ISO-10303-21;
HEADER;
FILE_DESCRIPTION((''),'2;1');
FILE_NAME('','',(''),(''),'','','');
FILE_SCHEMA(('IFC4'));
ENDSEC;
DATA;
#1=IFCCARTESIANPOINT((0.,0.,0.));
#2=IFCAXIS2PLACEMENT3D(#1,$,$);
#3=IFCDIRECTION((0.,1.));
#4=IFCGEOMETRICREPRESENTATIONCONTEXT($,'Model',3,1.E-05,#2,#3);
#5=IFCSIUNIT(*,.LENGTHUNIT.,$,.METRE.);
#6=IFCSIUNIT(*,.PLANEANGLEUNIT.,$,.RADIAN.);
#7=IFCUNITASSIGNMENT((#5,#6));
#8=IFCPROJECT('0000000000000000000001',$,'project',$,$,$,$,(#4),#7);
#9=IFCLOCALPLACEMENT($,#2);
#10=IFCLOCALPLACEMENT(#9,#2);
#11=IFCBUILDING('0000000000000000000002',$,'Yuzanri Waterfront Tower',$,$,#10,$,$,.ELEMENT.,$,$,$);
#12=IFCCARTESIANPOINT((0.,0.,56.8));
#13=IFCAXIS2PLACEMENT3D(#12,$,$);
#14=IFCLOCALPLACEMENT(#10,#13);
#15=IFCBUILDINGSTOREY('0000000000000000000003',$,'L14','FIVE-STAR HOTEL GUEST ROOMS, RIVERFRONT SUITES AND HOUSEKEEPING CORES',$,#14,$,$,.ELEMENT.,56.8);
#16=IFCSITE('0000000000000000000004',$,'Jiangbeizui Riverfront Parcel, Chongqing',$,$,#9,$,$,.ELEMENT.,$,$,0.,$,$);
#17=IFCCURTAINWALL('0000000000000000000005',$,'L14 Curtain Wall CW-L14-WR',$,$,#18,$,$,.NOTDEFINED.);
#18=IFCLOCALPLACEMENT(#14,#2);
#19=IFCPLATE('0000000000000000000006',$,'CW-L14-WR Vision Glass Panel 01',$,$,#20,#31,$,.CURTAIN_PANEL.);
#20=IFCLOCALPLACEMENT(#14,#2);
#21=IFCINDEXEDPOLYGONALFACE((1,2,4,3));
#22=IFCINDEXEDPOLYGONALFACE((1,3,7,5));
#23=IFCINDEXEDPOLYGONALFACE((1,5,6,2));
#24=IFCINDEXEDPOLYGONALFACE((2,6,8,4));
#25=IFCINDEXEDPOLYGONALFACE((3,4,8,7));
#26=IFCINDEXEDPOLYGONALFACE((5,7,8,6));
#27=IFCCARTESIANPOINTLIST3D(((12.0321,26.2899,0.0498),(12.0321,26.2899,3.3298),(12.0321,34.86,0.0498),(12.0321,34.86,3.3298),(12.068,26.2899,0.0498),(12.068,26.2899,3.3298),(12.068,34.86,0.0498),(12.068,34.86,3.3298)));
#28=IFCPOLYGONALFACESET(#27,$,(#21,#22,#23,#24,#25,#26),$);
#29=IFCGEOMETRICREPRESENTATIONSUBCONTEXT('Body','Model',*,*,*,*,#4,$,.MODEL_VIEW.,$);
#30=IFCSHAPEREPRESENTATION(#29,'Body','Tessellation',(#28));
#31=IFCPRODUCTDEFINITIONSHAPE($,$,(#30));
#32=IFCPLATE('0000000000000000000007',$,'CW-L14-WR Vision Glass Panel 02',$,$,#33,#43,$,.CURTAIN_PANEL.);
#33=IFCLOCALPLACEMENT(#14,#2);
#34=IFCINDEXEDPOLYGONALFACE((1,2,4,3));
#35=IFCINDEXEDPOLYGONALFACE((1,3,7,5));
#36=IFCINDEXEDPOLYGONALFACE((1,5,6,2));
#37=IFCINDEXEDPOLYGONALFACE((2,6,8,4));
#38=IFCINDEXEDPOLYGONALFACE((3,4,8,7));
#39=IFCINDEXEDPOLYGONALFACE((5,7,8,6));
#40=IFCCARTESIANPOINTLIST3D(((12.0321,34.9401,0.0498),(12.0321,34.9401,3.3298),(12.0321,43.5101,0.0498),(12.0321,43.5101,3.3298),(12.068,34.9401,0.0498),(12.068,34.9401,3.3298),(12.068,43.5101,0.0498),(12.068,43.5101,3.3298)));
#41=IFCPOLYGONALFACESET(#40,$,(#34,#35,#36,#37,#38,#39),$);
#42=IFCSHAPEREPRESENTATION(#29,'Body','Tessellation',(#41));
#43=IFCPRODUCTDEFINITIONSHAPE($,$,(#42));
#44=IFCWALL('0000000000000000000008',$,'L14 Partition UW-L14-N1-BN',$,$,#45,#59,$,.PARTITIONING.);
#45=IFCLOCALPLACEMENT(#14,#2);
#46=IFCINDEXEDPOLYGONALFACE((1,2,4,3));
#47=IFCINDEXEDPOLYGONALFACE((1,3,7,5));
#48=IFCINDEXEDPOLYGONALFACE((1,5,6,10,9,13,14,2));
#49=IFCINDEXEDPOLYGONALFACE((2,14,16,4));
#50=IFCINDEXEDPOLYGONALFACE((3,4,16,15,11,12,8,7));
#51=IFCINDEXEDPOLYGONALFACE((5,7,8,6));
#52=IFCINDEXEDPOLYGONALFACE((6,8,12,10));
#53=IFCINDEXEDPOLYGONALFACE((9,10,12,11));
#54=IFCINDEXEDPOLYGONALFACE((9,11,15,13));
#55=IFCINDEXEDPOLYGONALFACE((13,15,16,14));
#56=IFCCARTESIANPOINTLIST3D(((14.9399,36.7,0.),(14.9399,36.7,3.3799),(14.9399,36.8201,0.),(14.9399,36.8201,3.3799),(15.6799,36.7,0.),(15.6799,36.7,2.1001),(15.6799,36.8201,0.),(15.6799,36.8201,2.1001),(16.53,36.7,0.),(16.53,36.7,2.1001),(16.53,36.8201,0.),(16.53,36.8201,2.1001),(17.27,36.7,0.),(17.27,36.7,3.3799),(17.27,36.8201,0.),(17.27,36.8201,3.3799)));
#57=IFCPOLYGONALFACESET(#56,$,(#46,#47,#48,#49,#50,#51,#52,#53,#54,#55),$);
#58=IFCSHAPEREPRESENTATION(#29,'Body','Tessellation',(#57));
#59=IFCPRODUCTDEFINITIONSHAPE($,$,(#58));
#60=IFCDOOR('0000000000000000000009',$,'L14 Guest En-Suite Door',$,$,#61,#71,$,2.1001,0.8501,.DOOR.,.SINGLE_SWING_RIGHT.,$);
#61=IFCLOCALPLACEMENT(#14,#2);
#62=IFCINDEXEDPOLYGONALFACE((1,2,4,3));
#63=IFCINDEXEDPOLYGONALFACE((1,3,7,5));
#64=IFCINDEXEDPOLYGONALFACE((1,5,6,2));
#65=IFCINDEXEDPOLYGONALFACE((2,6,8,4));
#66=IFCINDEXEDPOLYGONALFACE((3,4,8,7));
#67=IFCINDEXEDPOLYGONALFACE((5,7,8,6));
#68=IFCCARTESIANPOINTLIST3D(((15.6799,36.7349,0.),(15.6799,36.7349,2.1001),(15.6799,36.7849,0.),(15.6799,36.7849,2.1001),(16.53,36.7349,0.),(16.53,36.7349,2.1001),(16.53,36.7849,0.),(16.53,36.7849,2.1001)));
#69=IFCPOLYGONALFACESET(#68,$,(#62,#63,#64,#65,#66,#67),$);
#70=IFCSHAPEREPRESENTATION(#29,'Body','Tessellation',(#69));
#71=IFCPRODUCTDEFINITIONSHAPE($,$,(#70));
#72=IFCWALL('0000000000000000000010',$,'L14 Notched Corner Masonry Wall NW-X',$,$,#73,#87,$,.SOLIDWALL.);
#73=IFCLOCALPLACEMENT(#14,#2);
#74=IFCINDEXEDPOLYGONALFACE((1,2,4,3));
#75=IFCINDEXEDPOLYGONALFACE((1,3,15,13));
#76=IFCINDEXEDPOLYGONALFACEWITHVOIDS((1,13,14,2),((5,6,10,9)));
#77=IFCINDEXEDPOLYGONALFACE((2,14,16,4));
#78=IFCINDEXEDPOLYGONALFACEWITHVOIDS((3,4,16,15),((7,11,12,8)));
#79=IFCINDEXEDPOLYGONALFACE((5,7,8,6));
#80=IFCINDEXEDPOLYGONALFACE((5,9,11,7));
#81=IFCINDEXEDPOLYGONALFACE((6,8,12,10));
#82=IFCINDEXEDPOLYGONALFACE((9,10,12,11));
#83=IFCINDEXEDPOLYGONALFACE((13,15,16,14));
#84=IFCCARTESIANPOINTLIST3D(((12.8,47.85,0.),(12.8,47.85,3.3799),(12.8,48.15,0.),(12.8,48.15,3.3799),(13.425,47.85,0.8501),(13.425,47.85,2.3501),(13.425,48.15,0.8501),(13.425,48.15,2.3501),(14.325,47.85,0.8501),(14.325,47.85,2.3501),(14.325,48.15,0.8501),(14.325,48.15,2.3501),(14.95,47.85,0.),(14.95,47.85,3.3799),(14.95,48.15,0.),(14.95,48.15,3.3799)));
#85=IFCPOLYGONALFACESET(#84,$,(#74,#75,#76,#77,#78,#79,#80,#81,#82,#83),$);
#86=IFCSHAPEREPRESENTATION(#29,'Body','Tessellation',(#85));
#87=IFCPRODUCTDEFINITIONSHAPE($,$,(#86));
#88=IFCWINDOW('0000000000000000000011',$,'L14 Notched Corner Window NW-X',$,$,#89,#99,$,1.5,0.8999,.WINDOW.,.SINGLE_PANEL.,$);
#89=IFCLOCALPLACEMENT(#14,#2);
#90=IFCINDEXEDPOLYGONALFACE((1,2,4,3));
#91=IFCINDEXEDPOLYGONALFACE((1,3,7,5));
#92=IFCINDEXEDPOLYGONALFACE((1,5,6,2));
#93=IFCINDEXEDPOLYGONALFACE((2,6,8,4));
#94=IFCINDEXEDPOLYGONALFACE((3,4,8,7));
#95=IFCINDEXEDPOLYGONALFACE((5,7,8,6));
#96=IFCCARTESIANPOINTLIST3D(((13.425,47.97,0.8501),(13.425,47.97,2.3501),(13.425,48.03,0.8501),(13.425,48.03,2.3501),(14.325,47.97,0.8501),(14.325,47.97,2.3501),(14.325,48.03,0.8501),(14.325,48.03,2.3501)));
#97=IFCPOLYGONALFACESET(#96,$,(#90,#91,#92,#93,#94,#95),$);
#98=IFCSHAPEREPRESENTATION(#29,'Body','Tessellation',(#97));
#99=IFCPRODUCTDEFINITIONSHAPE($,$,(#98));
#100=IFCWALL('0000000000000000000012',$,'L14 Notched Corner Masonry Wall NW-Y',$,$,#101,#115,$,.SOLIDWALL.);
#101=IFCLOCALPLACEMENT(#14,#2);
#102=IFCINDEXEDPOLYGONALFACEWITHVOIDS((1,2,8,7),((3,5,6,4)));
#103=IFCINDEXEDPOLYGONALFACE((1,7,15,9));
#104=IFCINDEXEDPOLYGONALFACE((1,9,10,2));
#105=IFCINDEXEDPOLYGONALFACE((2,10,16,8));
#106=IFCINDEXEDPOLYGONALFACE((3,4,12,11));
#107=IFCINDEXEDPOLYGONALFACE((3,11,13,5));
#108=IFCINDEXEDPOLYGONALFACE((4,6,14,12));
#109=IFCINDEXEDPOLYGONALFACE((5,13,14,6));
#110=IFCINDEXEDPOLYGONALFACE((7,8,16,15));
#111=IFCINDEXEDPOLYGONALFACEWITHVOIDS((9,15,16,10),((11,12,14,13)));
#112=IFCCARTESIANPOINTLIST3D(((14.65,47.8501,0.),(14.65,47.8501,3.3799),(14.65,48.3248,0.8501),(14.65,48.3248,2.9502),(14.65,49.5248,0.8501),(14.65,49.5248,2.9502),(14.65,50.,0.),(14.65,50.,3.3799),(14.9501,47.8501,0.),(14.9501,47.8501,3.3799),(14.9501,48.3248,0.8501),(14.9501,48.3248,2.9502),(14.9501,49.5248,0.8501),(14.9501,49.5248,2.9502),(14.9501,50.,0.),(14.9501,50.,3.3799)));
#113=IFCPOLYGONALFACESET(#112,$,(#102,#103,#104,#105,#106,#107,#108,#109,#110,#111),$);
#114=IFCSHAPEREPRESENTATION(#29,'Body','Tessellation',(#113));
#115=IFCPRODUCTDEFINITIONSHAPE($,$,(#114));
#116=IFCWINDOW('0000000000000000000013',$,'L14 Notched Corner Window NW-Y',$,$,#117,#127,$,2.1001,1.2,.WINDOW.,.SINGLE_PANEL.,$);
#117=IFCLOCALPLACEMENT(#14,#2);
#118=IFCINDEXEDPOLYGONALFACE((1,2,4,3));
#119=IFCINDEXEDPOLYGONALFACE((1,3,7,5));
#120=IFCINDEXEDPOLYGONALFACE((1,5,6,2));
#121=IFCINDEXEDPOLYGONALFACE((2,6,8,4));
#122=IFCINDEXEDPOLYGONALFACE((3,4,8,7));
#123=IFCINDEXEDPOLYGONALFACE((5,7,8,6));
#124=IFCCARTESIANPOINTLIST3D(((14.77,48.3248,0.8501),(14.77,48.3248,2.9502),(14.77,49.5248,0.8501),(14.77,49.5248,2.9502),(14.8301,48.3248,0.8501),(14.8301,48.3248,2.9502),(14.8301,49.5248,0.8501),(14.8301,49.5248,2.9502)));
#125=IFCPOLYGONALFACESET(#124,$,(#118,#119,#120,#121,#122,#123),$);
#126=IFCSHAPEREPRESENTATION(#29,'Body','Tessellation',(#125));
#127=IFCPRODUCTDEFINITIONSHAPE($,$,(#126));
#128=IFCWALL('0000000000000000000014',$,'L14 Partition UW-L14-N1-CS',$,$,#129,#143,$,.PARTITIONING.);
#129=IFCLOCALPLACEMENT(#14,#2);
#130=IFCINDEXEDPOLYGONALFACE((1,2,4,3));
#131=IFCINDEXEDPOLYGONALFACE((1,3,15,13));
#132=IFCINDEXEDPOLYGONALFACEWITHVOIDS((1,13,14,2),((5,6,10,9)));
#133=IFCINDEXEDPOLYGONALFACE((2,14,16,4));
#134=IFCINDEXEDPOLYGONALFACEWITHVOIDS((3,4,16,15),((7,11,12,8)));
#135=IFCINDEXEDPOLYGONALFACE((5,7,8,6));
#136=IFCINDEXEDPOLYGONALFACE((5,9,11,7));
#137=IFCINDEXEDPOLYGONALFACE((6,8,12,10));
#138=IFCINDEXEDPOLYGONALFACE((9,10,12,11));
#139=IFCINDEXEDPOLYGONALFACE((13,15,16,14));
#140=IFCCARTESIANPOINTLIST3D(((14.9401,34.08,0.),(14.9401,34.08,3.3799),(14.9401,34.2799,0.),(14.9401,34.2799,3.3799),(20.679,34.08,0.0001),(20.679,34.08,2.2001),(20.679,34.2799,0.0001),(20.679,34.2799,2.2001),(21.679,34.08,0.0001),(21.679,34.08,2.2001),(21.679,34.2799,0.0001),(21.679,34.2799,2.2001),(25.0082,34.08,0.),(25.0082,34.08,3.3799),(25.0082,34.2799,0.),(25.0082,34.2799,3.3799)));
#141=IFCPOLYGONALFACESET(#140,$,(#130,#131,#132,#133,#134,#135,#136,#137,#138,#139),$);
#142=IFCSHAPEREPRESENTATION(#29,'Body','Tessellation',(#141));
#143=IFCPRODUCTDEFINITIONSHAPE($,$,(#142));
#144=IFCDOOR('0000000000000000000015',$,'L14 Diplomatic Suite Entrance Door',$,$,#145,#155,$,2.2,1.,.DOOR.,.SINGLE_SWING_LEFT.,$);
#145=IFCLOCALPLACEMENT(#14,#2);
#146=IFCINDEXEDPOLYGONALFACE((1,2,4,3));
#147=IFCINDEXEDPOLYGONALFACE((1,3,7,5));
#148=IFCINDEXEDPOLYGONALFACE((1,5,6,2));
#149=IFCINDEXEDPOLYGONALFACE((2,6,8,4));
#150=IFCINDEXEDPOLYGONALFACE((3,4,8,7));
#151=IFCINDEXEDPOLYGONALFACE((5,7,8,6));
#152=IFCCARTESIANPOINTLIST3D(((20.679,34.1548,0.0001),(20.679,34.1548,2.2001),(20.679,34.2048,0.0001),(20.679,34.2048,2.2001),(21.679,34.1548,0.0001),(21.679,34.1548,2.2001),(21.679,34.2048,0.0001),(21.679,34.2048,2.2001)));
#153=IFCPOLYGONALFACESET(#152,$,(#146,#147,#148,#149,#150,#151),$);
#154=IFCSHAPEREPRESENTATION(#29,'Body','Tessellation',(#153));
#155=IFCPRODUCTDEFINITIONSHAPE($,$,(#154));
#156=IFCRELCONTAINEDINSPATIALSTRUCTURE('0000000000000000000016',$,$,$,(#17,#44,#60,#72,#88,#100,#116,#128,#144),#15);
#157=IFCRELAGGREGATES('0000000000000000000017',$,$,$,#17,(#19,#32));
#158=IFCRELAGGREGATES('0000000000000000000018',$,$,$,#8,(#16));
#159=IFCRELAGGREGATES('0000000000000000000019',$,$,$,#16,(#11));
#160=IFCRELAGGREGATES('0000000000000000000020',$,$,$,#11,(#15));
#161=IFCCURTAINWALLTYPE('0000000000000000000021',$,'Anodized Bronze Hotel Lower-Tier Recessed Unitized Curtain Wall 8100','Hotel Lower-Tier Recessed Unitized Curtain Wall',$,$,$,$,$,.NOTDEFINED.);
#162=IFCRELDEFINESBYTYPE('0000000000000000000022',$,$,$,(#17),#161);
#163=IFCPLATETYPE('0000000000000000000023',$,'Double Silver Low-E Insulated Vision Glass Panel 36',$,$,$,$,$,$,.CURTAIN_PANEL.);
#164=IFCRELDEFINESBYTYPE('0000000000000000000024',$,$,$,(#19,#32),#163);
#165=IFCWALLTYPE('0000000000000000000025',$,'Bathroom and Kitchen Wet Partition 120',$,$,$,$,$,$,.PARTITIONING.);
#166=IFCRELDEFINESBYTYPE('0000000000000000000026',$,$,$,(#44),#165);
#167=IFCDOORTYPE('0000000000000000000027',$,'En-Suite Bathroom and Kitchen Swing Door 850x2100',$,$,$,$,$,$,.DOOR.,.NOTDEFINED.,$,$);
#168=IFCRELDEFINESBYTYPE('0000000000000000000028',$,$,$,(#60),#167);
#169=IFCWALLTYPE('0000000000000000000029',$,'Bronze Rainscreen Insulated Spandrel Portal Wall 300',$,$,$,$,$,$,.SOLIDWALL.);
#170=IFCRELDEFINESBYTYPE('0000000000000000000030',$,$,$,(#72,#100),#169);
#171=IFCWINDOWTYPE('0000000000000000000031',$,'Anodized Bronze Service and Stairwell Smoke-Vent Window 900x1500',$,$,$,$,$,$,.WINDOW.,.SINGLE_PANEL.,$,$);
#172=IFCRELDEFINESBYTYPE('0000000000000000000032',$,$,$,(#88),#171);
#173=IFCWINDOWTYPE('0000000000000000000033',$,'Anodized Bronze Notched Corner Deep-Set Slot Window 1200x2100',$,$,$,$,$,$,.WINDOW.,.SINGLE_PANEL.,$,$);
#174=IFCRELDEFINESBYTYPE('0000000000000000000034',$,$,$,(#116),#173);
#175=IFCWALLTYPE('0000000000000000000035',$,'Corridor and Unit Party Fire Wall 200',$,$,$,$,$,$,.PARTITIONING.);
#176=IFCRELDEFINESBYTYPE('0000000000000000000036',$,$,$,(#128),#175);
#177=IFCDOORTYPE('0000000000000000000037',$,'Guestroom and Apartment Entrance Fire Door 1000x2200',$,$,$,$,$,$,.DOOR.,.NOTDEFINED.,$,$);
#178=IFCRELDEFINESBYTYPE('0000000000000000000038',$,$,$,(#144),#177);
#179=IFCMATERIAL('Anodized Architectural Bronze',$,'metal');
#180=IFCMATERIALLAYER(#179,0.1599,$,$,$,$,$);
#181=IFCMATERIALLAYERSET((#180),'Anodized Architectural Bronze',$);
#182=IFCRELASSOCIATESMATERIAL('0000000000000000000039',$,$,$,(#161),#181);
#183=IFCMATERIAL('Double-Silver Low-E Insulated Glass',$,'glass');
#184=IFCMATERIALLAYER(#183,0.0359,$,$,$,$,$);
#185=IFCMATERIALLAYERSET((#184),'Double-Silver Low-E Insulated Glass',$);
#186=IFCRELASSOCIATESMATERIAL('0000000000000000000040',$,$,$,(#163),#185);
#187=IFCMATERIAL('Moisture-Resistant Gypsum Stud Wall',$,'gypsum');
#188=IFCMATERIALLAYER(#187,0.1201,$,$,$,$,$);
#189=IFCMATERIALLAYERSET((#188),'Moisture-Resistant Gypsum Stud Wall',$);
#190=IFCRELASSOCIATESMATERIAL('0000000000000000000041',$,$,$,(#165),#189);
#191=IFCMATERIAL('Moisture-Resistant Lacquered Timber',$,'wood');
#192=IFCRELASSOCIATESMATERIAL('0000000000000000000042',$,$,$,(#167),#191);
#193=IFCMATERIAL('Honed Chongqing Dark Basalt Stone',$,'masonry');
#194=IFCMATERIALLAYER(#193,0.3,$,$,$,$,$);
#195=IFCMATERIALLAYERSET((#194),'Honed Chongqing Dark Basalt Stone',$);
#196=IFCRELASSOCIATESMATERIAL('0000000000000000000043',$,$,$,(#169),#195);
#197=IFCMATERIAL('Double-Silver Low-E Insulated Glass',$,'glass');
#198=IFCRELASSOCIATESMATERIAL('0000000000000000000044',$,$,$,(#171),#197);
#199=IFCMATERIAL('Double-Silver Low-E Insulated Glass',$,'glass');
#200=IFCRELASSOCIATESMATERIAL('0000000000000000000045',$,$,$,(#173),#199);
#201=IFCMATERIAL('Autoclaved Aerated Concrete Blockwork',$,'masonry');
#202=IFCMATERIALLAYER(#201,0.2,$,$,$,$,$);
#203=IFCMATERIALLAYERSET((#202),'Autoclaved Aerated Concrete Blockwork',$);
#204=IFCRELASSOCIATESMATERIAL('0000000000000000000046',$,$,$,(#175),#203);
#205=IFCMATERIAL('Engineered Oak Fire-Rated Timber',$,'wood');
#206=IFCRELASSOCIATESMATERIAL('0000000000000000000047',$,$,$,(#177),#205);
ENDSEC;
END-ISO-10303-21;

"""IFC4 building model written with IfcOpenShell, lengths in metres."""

from ifc_helpers import new_model, si_unit, direction, frame, frame_2d, origin, origin_2d, place, context, subcontext, project, spatial, rectangle, extrude, source, transform, mapped, material, layer, layer_set, type_object, element, fill, aggregate, save


model = new_model("IFC4")

# Units and contexts
model_context = context("Model", 3, precision=1e-05, world=origin(), true_north=direction((0.0, 1.0)))
body_context = subcontext(model_context, "Body", "Model", "MODEL_VIEW")
ifc_project = project(units=[si_unit("LENGTHUNIT", "METRE"), si_unit("PLANEANGLEUNIT", "RADIAN")], contexts=[model_context])

# Site, building, storey
site_placement = place(None, origin())
site = spatial("IfcSite", under=ifc_project, at=site_placement, Name="Jiangbeizui Riverfront Parcel, Chongqing", CompositionType="ELEMENT", RefElevation=0.0)
building_placement = place(site_placement, origin())
building = spatial("IfcBuilding", under=site, at=building_placement, Name="Yuzanri Waterfront Tower", CompositionType="ELEMENT")
storey_placement = place(building_placement, frame((0.0, 0.0, 56.8)))
storey = spatial("IfcBuildingStorey", under=building, at=storey_placement, Name="L14", Description="FIVE-STAR HOTEL GUEST ROOMS, RIVERFRONT SUITES AND HOUSEKEEPING CORES", CompositionType="ELEMENT", Elevation=56.8)

# Curtain wall
ifc_material_1 = material(Name="Anodized Architectural Bronze", Category="metal")
ifc_layer_1 = layer(ifc_material_1, 0.1599)
ifc_layer_set_1 = layer_set([ifc_layer_1], Name="Anodized Architectural Bronze")
curtain_wall_type = type_object("IfcCurtainWallType", Name="Anodized Bronze Hotel Lower-Tier Recessed Unitized Curtain Wall 8100", Description="Hotel Lower-Tier Recessed Unitized Curtain Wall", PredefinedType="NOTDEFINED", material=ifc_layer_set_1)
curtain_wall_placement = place(storey_placement, origin())
curtain_wall = element("IfcCurtainWall", 1, at=curtain_wall_placement, inside=storey, type_object=curtain_wall_type, Name="L14 Curtain Wall CW-L14-WR", PredefinedType="NOTDEFINED")

# Plates
ifc_material_2 = material(Name="Double-Silver Low-E Insulated Glass", Category="glass")
ifc_layer_2 = layer(ifc_material_2, 0.0359)
ifc_layer_set_2 = layer_set([ifc_layer_2], Name="Double-Silver Low-E Insulated Glass")
plate_type_1 = type_object("IfcPlateType", Name="Double Silver Low-E Insulated Vision Glass Panel 36", PredefinedType="CURTAIN_PANEL", material=ifc_layer_set_2)
shared_shape_1 = source(origin(), body_context, "Body", "SweptSolid", [
    extrude(rectangle(XDim=8.5701, YDim=0.0359, at=origin_2d()), origin(), (0.0, 0.0, 1.0), 3.28),
])
plate_1_placement = place(storey_placement, frame((12.05, 30.575, 0.0498), z_axis=(0.0, 0.0, 1.0), x_axis=(0.0, 1.0, 0.0)))
plate_1 = element("IfcPlate", 2, at=plate_1_placement, type_object=plate_type_1, Name="CW-L14-WR Vision Glass Panel 01", PredefinedType="CURTAIN_PANEL", context=body_context, shape_type="MappedRepresentation", body=[
    mapped(shared_shape_1, transform((0.0, 0.0, 0.0), scale=1.0)),
])
plate_2_placement = place(storey_placement, frame((12.05, 39.2251, 0.0498), z_axis=(0.0, 0.0, 1.0), x_axis=(0.0, 1.0, 0.0)))
plate_2 = element("IfcPlate", 3, at=plate_2_placement, type_object=plate_type_1, Name="CW-L14-WR Vision Glass Panel 02", PredefinedType="CURTAIN_PANEL", context=body_context, shape_type="MappedRepresentation", body=[
    mapped(shared_shape_1, transform((0.0, 0.0, 0.0), scale=1.0)),
])
aggregate(curtain_wall, [plate_1, plate_2])

# Wall, opening, door
ifc_material_3 = material(Name="Moisture-Resistant Gypsum Stud Wall", Category="gypsum")
ifc_layer_3 = layer(ifc_material_3, 0.1201)
ifc_layer_set_3 = layer_set([ifc_layer_3], Name="Moisture-Resistant Gypsum Stud Wall")
wall_type_1 = type_object("IfcWallType", Name="Bathroom and Kitchen Wet Partition 120", PredefinedType="PARTITIONING", material=ifc_layer_set_3)
wall_1_placement = place(storey_placement, frame((14.9399, 36.76, 0.0), z_axis=(0.0, 0.0, 1.0), x_axis=(1.0, 0.0, 0.0)))
wall_1 = element("IfcWall", 4, at=wall_1_placement, inside=storey, type_object=wall_type_1, Name="L14 Partition UW-L14-N1-BN", PredefinedType="PARTITIONING", context=body_context, shape_type="SweptSolid", body=[
    extrude(rectangle(XDim=2.3301, YDim=0.1201, at=frame_2d((1.165, 0.0))), origin(), (0.0, 0.0, 1.0), 3.3799),
])
opening_1_placement = place(wall_1_placement, frame((0.74, 0.0, 0.0)))
opening_1 = element("IfcOpeningElement", 5, at=opening_1_placement, cuts=wall_1, PredefinedType="OPENING", context=body_context, shape_type="SweptSolid", body=[
    extrude(rectangle(XDim=0.8501, YDim=2.1001, at=frame_2d((0.425, 1.05))), frame((0.0, 0.075, 0.0), z_axis=(0.0, -1.0, 0.0), x_axis=(1.0, 0.0, 0.0)), (0.0, 0.0, 1.0), 0.1499),
])
ifc_material_4 = material(Name="Moisture-Resistant Lacquered Timber", Category="wood")
door_type_1 = type_object("IfcDoorType", Name="En-Suite Bathroom and Kitchen Swing Door 850x2100", OperationType="NOTDEFINED", PredefinedType="DOOR", material=ifc_material_4)
shared_shape_2 = source(origin(), body_context, "Body", "SweptSolid", [
    extrude(rectangle(XDim=0.8501, YDim=2.1001, at=frame_2d((0.425, 1.05))), frame((0.0, 0.0249, 0.0), z_axis=(0.0, -1.0, 0.0), x_axis=(1.0, 0.0, 0.0)), (0.0, 0.0, 1.0), 0.05),
])
door_1_placement = place(opening_1_placement, origin())
door_1 = element("IfcDoor", 6, at=door_1_placement, inside=storey, type_object=door_type_1, Name="L14 Guest En-Suite Door", OperationType="SINGLE_SWING_RIGHT", OverallHeight=2.1001, OverallWidth=0.8501, PredefinedType="DOOR", context=body_context, shape_type="MappedRepresentation", body=[
    mapped(shared_shape_2, transform((0.0, 0.0, 0.0), scale=1.0)),
])
fill(opening_1, door_1)

# Walls, openings, windows
ifc_material_5 = material(Name="Honed Chongqing Dark Basalt Stone", Category="masonry")
ifc_layer_4 = layer(ifc_material_5, 0.3)
ifc_layer_set_4 = layer_set([ifc_layer_4], Name="Honed Chongqing Dark Basalt Stone")
wall_type_2 = type_object("IfcWallType", Name="Bronze Rainscreen Insulated Spandrel Portal Wall 300", PredefinedType="SOLIDWALL", material=ifc_layer_set_4)
wall_2_placement = place(storey_placement, frame((14.95, 48.0, 0.0), z_axis=(0.0, 0.0, 1.0), x_axis=(-1.0, 0.0, 0.0)))
wall_2 = element("IfcWall", 7, at=wall_2_placement, inside=storey, type_object=wall_type_2, Name="L14 Notched Corner Masonry Wall NW-X", PredefinedType="SOLIDWALL", context=body_context, shape_type="SweptSolid", body=[
    extrude(rectangle(XDim=2.1499, YDim=0.3, at=frame_2d((1.075, 0.0))), origin(), (0.0, 0.0, 1.0), 3.3799),
])
opening_2_placement = place(wall_2_placement, frame((0.625, 0.0, 0.8501)))
opening_2 = element("IfcOpeningElement", 8, at=opening_2_placement, cuts=wall_2, PredefinedType="OPENING", context=body_context, shape_type="SweptSolid", body=[
    extrude(rectangle(XDim=0.8999, YDim=1.5, at=frame_2d((0.45, 0.75))), frame((0.0, 0.165, 0.0), z_axis=(0.0, -1.0, 0.0), x_axis=(1.0, 0.0, 0.0)), (0.0, 0.0, 1.0), 0.3298),
])
ifc_material_6 = material(Name="Double-Silver Low-E Insulated Glass", Category="glass")
window_type_1 = type_object("IfcWindowType", Name="Anodized Bronze Service and Stairwell Smoke-Vent Window 900x1500", PartitioningType="SINGLE_PANEL", PredefinedType="WINDOW", material=ifc_material_6)
shared_shape_3 = source(origin(), body_context, "Body", "SweptSolid", [
    extrude(rectangle(XDim=0.8999, YDim=1.5, at=frame_2d((0.45, 0.75))), frame((0.0, 0.03, 0.0), z_axis=(0.0, -1.0, 0.0), x_axis=(1.0, 0.0, 0.0)), (0.0, 0.0, 1.0), 0.0601),
])
window_1_placement = place(opening_2_placement, origin())
window_1 = element("IfcWindow", 9, at=window_1_placement, inside=storey, type_object=window_type_1, Name="L14 Notched Corner Window NW-X", OverallHeight=1.5, OverallWidth=0.8999, PartitioningType="SINGLE_PANEL", PredefinedType="WINDOW", context=body_context, shape_type="MappedRepresentation", body=[
    mapped(shared_shape_3, transform((0.0, 0.0, 0.0), scale=1.0)),
])
fill(opening_2, window_1)
wall_3_placement = place(storey_placement, frame((14.8, 50.0, 0.0), z_axis=(0.0, 0.0, 1.0), x_axis=(0.0, -1.0, 0.0)))
wall_3 = element("IfcWall", 10, at=wall_3_placement, inside=storey, type_object=wall_type_2, Name="L14 Notched Corner Masonry Wall NW-Y", PredefinedType="SOLIDWALL", context=body_context, shape_type="SweptSolid", body=[
    extrude(rectangle(XDim=2.1499, YDim=0.3, at=frame_2d((1.075, 0.0))), origin(), (0.0, 0.0, 1.0), 3.3799),
])
opening_3_placement = place(wall_3_placement, frame((0.4751, 0.0, 0.8501)))
opening_3 = element("IfcOpeningElement", 11, at=opening_3_placement, cuts=wall_3, PredefinedType="OPENING", context=body_context, shape_type="SweptSolid", body=[
    extrude(rectangle(XDim=1.2, YDim=2.1001, at=frame_2d((0.6001, 1.05))), frame((0.0, 0.165, 0.0), z_axis=(0.0, -1.0, 0.0), x_axis=(1.0, 0.0, 0.0)), (0.0, 0.0, 1.0), 0.3298),
])
ifc_material_7 = material(Name="Double-Silver Low-E Insulated Glass", Category="glass")
window_type_2 = type_object("IfcWindowType", Name="Anodized Bronze Notched Corner Deep-Set Slot Window 1200x2100", PartitioningType="SINGLE_PANEL", PredefinedType="WINDOW", material=ifc_material_7)
shared_shape_4 = source(origin(), body_context, "Body", "SweptSolid", [
    extrude(rectangle(XDim=1.2, YDim=2.1001, at=frame_2d((0.6001, 1.05))), frame((0.0, 0.03, 0.0), z_axis=(0.0, -1.0, 0.0), x_axis=(1.0, 0.0, 0.0)), (0.0, 0.0, 1.0), 0.0601),
])
window_2_placement = place(opening_3_placement, origin())
window_2 = element("IfcWindow", 12, at=window_2_placement, inside=storey, type_object=window_type_2, Name="L14 Notched Corner Window NW-Y", OverallHeight=2.1001, OverallWidth=1.2, PartitioningType="SINGLE_PANEL", PredefinedType="WINDOW", context=body_context, shape_type="MappedRepresentation", body=[
    mapped(shared_shape_4, transform((0.0, 0.0, 0.0), scale=1.0)),
])
fill(opening_3, window_2)

# Wall, opening, door
ifc_material_8 = material(Name="Autoclaved Aerated Concrete Blockwork", Category="masonry")
ifc_layer_5 = layer(ifc_material_8, 0.2)
ifc_layer_set_5 = layer_set([ifc_layer_5], Name="Autoclaved Aerated Concrete Blockwork")
wall_type_3 = type_object("IfcWallType", Name="Corridor and Unit Party Fire Wall 200", PredefinedType="PARTITIONING", material=ifc_layer_set_5)
wall_4_placement = place(storey_placement, frame((14.9399, 34.1799, 0.0), z_axis=(0.0, 0.0, 1.0), x_axis=(1.0, 0.0, 0.0)))
wall_4 = element("IfcWall", 13, at=wall_4_placement, inside=storey, type_object=wall_type_3, Name="L14 Partition UW-L14-N1-CS", PredefinedType="PARTITIONING", context=body_context, shape_type="SweptSolid", body=[
    extrude(rectangle(XDim=10.0681, YDim=0.2, at=frame_2d((5.0342, 0.0))), origin(), (0.0, 0.0, 1.0), 3.3799),
])
opening_4_placement = place(wall_4_placement, frame((5.739, 0.0, 0.0)))
opening_4 = element("IfcOpeningElement", 14, at=opening_4_placement, cuts=wall_4, PredefinedType="OPENING", context=body_context, shape_type="SweptSolid", body=[
    extrude(rectangle(XDim=1.0, YDim=2.2, at=frame_2d((0.5, 1.1001))), frame((0.0, 0.1147, 0.0), z_axis=(0.0, -1.0, 0.0), x_axis=(1.0, 0.0, 0.0)), (0.0, 0.0, 1.0), 0.2297),
])
ifc_material_9 = material(Name="Engineered Oak Fire-Rated Timber", Category="wood")
door_type_2 = type_object("IfcDoorType", Name="Guestroom and Apartment Entrance Fire Door 1000x2200", OperationType="NOTDEFINED", PredefinedType="DOOR", material=ifc_material_9)
shared_shape_5 = source(origin(), body_context, "Body", "SweptSolid", [
    extrude(rectangle(XDim=1.0, YDim=2.2, at=frame_2d((0.5, 1.1001))), frame((0.0, 0.0249, 0.0), z_axis=(0.0, -1.0, 0.0), x_axis=(1.0, 0.0, 0.0)), (0.0, 0.0, 1.0), 0.05),
])
door_2_placement = place(opening_4_placement, origin())
door_2 = element("IfcDoor", 15, at=door_2_placement, inside=storey, type_object=door_type_2, Name="L14 Diplomatic Suite Entrance Door", OperationType="SINGLE_SWING_LEFT", OverallHeight=2.2, OverallWidth=1.0, PredefinedType="DOOR", context=body_context, shape_type="MappedRepresentation", body=[
    mapped(shared_shape_5, transform((0.0, 0.0, 0.0), scale=1.0)),
])
fill(opening_4, door_2)

save(model, "model.ifc")
